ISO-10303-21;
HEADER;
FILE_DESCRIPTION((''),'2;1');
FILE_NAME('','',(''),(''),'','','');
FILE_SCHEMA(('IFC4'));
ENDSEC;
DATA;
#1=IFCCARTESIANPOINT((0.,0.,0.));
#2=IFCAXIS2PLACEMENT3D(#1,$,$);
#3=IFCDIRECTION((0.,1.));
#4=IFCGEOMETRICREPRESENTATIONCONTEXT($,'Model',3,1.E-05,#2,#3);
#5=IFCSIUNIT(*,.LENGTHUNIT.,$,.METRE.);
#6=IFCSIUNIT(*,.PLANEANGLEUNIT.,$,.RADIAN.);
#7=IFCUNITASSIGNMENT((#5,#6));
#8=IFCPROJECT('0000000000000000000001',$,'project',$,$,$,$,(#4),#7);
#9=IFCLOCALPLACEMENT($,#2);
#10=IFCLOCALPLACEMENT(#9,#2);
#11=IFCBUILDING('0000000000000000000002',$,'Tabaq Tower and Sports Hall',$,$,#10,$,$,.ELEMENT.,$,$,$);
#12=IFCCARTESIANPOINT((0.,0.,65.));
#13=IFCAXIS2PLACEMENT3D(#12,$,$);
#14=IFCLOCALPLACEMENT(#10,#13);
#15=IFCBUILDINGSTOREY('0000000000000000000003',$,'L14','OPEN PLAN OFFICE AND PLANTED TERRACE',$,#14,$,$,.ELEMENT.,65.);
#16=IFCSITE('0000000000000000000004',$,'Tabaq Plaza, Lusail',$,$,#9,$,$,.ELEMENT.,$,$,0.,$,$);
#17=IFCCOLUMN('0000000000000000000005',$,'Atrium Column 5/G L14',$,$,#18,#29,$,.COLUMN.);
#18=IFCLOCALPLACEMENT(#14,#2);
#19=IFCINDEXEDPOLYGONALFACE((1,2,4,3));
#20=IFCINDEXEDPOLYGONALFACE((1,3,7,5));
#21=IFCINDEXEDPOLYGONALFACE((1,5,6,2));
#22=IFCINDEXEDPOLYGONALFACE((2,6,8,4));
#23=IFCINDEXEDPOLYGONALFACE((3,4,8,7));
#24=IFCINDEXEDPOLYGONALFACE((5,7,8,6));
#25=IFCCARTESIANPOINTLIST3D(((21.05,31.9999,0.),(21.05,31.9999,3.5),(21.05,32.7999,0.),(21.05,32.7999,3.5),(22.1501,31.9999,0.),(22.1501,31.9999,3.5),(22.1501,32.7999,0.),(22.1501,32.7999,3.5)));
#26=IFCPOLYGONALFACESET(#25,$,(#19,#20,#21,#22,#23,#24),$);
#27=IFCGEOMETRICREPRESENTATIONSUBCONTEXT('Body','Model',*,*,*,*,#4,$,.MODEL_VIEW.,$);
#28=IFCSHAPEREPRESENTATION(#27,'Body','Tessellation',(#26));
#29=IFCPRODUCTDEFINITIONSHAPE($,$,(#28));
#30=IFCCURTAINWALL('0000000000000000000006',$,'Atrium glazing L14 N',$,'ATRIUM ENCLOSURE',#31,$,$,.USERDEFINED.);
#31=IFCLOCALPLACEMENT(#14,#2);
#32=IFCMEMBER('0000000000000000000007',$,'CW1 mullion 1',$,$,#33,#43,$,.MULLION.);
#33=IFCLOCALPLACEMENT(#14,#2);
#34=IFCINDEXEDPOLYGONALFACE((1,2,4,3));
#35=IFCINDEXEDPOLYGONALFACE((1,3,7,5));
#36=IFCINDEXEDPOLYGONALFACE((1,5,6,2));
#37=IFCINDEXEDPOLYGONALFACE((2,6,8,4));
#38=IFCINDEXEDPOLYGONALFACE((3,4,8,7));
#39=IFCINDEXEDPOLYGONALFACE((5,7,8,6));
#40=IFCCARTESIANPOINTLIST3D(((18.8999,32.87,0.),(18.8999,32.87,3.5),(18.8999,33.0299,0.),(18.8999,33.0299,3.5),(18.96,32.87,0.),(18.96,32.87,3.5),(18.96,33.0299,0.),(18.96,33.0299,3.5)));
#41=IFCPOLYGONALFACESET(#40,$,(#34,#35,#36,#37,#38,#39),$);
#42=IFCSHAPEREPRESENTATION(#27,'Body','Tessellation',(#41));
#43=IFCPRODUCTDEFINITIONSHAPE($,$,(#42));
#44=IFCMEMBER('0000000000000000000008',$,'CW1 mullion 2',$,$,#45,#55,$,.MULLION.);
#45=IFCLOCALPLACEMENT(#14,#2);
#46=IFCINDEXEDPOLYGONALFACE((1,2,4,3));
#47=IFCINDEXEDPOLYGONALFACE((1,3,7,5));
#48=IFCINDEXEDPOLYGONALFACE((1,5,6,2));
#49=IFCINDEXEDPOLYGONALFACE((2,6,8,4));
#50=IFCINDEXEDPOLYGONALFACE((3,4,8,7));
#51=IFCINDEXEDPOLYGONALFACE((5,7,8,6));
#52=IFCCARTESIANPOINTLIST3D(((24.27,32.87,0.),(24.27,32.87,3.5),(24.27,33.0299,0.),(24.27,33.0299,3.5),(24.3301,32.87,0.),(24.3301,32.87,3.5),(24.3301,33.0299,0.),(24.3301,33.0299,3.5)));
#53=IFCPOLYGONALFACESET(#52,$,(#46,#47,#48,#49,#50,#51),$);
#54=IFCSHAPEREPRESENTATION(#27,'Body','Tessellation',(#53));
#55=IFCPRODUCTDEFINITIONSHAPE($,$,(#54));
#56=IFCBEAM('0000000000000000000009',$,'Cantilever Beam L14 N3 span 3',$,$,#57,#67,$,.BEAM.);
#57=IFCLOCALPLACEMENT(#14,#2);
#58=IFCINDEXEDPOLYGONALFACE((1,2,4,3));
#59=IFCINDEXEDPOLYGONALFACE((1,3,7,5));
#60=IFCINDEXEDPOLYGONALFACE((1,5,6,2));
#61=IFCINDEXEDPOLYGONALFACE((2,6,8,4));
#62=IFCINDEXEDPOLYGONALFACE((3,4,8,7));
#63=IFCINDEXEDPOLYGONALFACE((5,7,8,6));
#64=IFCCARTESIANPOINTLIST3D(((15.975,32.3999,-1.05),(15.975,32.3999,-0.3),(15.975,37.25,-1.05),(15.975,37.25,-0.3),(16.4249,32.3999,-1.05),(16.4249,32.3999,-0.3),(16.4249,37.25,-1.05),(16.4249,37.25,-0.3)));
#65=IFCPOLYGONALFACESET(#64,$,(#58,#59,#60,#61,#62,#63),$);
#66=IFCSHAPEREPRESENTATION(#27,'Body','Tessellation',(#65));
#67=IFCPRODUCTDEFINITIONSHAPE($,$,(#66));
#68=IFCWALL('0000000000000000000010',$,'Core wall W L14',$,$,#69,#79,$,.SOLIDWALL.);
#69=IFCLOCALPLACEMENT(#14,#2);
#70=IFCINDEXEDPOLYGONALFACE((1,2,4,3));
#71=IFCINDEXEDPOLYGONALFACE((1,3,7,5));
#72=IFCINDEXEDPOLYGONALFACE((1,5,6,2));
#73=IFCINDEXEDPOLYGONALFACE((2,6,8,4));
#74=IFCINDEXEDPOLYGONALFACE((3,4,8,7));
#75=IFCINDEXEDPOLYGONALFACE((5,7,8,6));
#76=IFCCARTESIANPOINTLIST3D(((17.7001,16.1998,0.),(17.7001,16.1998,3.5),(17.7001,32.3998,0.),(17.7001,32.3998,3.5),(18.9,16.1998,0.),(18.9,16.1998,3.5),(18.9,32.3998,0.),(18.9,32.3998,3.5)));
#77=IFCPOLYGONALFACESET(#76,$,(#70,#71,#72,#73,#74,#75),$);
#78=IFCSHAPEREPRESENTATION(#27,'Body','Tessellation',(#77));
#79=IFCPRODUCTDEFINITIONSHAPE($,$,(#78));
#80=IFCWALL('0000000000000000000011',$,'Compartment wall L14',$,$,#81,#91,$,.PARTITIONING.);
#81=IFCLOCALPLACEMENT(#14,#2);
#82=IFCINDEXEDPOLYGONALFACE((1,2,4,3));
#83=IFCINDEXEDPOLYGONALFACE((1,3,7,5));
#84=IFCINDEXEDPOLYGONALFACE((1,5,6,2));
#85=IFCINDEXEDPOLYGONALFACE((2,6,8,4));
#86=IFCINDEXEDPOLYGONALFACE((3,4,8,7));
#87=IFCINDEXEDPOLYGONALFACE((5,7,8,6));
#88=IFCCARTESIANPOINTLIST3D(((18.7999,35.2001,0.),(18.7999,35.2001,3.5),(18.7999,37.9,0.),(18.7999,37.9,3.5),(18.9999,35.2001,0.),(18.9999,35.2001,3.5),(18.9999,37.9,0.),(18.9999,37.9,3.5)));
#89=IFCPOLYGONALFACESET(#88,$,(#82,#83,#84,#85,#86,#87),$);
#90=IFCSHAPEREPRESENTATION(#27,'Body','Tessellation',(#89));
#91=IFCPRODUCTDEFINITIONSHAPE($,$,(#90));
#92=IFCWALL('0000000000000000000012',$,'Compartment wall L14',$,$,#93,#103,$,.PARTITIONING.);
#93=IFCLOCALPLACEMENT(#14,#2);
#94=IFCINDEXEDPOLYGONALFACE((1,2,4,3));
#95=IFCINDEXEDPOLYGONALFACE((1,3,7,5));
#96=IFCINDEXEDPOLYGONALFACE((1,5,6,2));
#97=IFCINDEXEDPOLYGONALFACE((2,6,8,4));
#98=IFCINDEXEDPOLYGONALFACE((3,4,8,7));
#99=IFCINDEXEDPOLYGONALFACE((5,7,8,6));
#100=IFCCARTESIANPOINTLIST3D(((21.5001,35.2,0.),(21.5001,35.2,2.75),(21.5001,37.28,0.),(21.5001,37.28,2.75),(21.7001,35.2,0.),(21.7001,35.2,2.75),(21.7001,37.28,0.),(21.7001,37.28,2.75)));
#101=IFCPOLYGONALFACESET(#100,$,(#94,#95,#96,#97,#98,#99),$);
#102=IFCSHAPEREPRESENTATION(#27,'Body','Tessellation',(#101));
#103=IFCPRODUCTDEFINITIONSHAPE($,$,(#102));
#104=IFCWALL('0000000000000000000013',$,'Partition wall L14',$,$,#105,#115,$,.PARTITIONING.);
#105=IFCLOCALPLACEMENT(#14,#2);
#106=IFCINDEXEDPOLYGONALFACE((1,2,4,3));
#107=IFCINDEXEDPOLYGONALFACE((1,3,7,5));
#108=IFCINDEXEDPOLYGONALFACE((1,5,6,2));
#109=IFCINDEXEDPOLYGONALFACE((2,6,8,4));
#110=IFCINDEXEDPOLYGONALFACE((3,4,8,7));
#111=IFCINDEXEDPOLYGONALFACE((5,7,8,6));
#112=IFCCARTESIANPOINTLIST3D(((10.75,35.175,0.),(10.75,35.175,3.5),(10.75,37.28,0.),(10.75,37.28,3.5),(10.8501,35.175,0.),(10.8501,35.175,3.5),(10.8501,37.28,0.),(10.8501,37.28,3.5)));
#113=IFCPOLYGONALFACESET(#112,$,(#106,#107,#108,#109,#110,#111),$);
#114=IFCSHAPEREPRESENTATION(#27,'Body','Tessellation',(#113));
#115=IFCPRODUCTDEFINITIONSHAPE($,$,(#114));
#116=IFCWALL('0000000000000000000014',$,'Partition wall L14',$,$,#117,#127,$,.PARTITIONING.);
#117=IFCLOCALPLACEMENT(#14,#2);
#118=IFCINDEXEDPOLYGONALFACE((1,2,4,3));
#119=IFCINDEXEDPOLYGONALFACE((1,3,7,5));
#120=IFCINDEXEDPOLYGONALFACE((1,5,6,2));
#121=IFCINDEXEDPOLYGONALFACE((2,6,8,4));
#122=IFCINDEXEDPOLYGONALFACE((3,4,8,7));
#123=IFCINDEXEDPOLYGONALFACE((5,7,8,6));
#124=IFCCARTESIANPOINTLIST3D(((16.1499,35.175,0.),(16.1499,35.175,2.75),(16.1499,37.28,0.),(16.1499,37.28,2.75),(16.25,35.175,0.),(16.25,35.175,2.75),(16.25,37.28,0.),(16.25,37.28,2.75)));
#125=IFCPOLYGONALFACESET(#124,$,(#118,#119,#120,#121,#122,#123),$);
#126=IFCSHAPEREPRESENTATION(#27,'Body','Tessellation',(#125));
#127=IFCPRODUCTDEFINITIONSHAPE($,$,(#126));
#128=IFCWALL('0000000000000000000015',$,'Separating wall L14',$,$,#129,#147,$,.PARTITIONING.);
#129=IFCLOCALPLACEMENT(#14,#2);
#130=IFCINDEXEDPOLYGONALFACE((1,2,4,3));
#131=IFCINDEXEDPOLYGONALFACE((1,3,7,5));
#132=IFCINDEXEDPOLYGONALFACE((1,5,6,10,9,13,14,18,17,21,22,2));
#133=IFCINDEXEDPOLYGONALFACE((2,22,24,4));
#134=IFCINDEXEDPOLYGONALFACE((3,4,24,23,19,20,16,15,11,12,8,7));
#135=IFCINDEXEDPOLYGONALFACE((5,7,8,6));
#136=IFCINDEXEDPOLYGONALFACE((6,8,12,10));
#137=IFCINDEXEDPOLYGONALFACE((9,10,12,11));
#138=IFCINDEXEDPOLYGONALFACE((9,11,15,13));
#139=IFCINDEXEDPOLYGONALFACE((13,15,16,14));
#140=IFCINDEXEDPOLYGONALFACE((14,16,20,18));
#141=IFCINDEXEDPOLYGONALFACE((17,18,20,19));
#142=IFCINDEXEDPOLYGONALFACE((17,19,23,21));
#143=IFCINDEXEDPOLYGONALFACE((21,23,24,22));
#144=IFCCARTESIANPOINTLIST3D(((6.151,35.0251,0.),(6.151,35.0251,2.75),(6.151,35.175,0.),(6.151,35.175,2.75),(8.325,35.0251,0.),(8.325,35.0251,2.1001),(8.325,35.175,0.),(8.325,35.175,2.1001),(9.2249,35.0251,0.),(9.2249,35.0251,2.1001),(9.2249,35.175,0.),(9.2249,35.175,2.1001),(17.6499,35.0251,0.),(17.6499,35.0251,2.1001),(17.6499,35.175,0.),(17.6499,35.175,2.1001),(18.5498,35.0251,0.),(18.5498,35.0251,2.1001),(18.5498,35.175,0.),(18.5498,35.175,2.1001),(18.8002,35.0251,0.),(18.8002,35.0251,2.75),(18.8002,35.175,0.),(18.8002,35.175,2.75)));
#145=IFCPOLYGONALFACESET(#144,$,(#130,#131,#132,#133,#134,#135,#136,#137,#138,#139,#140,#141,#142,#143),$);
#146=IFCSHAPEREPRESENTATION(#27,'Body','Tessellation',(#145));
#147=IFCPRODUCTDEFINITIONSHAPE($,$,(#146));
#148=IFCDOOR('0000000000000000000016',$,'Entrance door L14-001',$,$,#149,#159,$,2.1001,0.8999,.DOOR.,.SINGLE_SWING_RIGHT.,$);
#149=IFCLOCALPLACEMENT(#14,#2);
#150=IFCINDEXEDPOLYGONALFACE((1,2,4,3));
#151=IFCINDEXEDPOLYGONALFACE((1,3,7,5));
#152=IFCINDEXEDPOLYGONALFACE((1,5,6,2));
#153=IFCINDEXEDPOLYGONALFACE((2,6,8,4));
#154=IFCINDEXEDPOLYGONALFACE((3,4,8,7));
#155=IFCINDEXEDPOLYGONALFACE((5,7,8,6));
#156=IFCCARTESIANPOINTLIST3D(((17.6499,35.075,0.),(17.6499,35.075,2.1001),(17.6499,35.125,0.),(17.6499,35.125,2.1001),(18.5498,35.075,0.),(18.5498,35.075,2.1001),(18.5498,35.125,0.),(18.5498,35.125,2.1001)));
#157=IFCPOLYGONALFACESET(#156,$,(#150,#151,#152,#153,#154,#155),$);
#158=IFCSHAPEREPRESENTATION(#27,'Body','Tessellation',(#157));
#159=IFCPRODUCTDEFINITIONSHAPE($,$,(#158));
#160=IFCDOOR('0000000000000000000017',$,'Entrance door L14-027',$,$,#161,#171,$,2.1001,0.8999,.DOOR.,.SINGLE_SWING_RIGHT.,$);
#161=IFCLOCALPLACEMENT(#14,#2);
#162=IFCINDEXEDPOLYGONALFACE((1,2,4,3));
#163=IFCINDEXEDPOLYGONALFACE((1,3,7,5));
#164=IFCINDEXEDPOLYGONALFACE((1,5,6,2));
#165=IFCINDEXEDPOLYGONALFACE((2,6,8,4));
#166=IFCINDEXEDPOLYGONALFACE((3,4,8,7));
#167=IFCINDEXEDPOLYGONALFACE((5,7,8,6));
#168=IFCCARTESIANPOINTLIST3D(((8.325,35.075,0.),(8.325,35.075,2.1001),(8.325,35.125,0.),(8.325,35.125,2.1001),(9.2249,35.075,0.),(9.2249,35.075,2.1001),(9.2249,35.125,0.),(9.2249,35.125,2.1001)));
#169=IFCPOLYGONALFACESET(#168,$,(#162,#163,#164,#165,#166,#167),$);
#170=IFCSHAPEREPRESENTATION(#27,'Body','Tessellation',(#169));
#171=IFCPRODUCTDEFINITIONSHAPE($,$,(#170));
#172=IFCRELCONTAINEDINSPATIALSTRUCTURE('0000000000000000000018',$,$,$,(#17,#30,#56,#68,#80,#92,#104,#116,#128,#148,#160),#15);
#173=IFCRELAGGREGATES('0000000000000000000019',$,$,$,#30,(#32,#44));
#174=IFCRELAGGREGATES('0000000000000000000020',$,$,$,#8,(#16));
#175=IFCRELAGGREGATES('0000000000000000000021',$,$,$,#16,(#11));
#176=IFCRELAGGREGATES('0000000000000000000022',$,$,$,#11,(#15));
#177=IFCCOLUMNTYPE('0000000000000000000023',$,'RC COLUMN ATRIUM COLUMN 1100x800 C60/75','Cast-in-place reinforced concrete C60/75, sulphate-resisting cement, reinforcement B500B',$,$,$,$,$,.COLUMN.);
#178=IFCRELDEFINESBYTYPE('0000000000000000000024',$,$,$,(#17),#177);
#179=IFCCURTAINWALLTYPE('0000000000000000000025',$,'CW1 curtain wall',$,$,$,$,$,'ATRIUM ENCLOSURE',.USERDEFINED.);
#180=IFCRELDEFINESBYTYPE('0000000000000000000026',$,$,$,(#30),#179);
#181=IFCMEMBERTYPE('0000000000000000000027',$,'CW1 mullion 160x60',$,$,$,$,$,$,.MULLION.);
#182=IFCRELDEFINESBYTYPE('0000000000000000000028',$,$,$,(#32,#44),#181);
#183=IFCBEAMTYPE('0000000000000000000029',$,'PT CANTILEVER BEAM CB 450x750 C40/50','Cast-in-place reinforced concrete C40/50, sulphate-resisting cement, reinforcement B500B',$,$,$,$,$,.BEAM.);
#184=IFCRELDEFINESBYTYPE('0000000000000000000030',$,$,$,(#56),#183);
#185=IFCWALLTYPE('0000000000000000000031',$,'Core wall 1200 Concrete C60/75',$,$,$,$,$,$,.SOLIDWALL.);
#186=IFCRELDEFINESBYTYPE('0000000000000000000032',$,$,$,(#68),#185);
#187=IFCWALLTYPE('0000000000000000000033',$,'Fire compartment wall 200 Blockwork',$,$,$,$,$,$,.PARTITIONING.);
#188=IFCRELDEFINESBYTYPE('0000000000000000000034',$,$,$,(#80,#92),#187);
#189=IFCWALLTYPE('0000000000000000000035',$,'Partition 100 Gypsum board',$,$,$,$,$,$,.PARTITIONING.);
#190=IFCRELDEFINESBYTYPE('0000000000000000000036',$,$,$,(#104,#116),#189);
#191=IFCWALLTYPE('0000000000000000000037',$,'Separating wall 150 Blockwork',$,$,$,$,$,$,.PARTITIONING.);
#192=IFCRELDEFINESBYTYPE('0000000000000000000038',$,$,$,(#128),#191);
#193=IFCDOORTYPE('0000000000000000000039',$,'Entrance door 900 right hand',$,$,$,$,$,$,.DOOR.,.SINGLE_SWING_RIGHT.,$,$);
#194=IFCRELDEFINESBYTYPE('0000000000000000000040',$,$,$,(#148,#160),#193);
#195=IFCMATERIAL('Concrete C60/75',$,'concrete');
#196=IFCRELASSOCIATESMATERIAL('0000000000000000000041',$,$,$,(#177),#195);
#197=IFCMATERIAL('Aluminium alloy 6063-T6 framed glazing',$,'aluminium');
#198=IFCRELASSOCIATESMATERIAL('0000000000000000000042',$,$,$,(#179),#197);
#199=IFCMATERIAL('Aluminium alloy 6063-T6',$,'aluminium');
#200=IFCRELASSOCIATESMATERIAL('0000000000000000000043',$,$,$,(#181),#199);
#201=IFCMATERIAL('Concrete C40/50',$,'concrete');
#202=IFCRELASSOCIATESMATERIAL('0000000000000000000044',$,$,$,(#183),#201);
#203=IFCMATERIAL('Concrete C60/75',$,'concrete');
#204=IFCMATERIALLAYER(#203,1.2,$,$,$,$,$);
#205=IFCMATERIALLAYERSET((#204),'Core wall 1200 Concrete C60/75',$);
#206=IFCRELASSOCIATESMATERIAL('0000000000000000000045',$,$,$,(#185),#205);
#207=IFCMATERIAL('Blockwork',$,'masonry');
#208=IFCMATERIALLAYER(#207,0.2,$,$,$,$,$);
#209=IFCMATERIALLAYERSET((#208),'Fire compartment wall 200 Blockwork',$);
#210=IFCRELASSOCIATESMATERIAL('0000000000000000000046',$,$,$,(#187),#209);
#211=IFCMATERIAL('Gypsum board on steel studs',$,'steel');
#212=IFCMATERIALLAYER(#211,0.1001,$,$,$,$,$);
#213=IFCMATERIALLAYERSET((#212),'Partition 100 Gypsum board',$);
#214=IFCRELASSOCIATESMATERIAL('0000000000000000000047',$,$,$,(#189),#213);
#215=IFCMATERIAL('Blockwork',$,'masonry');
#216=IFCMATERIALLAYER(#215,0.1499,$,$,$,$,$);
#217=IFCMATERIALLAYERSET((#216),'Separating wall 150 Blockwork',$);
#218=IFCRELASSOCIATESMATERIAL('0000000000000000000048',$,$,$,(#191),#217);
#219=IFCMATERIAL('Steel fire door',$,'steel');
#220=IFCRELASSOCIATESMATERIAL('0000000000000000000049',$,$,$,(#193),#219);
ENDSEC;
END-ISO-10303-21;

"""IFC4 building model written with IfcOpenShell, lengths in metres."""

from ifc_helpers import new_model, si_unit, direction, frame, frame_2d, origin, origin_2d, place, context, subcontext, project, spatial, rectangle, extrude, material, layer, layer_set, material_profile, profile_set, type_object, element, fill, aggregate, save


model = new_model("IFC4")

# Units and contexts
model_context = context("Model", 3, precision=1e-05, world=origin(), true_north=direction((0.0, 1.0)))
body_context = subcontext(model_context, "Body", "Model", "MODEL_VIEW")
ifc_project = project(units=[si_unit("LENGTHUNIT", "METRE"), si_unit("PLANEANGLEUNIT", "RADIAN")], contexts=[model_context])

# Site, building, storey
site_placement = place(None, origin())
site = spatial("IfcSite", under=ifc_project, at=site_placement, Name="Tabaq Plaza, Lusail", CompositionType="ELEMENT", RefElevation=0.0)
building_placement = place(site_placement, origin())
building = spatial("IfcBuilding", under=site, at=building_placement, Name="Tabaq Tower and Sports Hall", CompositionType="ELEMENT")
storey_placement = place(building_placement, frame((0.0, 0.0, 65.0)))
storey = spatial("IfcBuildingStorey", under=building, at=storey_placement, Name="L14", Description="OPEN PLAN OFFICE AND PLANTED TERRACE", CompositionType="ELEMENT", Elevation=65.0)

# Column
ifc_material_1 = material(Name="Concrete C60/75", Category="concrete")
ifc_material_profile_1 = material_profile(ifc_material_1, rectangle(XDim=1.1001, YDim=0.8, at=origin_2d()), Name="ATRIUM COLUMN 1100x800")
ifc_profile_set_1 = profile_set([ifc_material_profile_1], Name="Concrete C60/75")
column_type = type_object("IfcColumnType", Name="RC COLUMN ATRIUM COLUMN 1100x800 C60/75", Description="Cast-in-place reinforced concrete C60/75, sulphate-resisting cement, reinforcement B500B", PredefinedType="COLUMN", material=ifc_profile_set_1)
column_placement = place(storey_placement, frame((21.6001, 32.3999, 0.0), z_axis=(0.0, 0.0, 1.0), x_axis=(1.0, 0.0, 0.0)))
element("IfcColumn", 1, at=column_placement, inside=storey, type_object=column_type, Name="Atrium Column 5/G L14", PredefinedType="COLUMN", context=body_context, shape_type="SweptSolid", body=[
    extrude(rectangle(XDim=1.1001, YDim=0.8, at=origin_2d()), origin(), (0.0, 0.0, 1.0), 3.5),
])

# Curtain wall, members
ifc_material_2 = material(Name="Aluminium alloy 6063-T6 framed glazing", Category="aluminium")
curtain_wall_type = type_object("IfcCurtainWallType", Name="CW1 curtain wall", ElementType="ATRIUM ENCLOSURE", PredefinedType="USERDEFINED", material=ifc_material_2)
curtain_wall_placement = place(storey_placement, origin())
curtain_wall = element("IfcCurtainWall", 2, at=curtain_wall_placement, inside=storey, type_object=curtain_wall_type, Name="Atrium glazing L14 N", ObjectType="ATRIUM ENCLOSURE", PredefinedType="USERDEFINED")
ifc_material_3 = material(Name="Aluminium alloy 6063-T6", Category="aluminium")
ifc_material_profile_2 = material_profile(ifc_material_3, rectangle(XDim=0.1599, YDim=0.0601, at=origin_2d()), Name="MULLION 160x60")
ifc_profile_set_2 = profile_set([ifc_material_profile_2], Name="Aluminium alloy 6063-T6")
member_type = type_object("IfcMemberType", Name="CW1 mullion 160x60", PredefinedType="MULLION", material=ifc_profile_set_2)
member_1_placement = place(storey_placement, frame((18.9299, 32.95, 0.0), z_axis=(0.0, 0.0, 1.0), x_axis=(0.0, 1.0, 0.0)))
member_1 = element("IfcMember", 3, at=member_1_placement, type_object=member_type, Name="CW1 mullion 1", PredefinedType="MULLION", context=body_context, shape_type="SweptSolid", body=[
    extrude(rectangle(XDim=0.1599, YDim=0.0601, at=origin_2d()), origin(), (0.0, 0.0, 1.0), 3.5),
])
member_2_placement = place(storey_placement, frame((24.3, 32.95, 0.0), z_axis=(0.0, 0.0, 1.0), x_axis=(0.0, 1.0, 0.0)))
member_2 = element("IfcMember", 4, at=member_2_placement, type_object=member_type, Name="CW1 mullion 2", PredefinedType="MULLION", context=body_context, shape_type="SweptSolid", body=[
    extrude(rectangle(XDim=0.1599, YDim=0.0601, at=origin_2d()), origin(), (0.0, 0.0, 1.0), 3.5),
])
aggregate(curtain_wall, [member_1, member_2])

# Beam
ifc_material_4 = material(Name="Concrete C40/50", Category="concrete")
ifc_material_profile_3 = material_profile(ifc_material_4, rectangle(XDim=0.45, YDim=0.75, at=origin_2d()), Name="CB 450x750")
ifc_profile_set_3 = profile_set([ifc_material_profile_3], Name="Concrete C40/50")
beam_type = type_object("IfcBeamType", Name="PT CANTILEVER BEAM CB 450x750 C40/50", Description="Cast-in-place reinforced concrete C40/50, sulphate-resisting cement, reinforcement B500B", PredefinedType="BEAM", material=ifc_profile_set_3)
beam_placement = place(storey_placement, frame((16.2, 37.25, -0.675), z_axis=(0.0, -1.0, 0.0), x_axis=(1.0, 0.0, 0.0)))
element("IfcBeam", 5, at=beam_placement, inside=storey, type_object=beam_type, Name="Cantilever Beam L14 N3 span 3", PredefinedType="BEAM", context=body_context, shape_type="SweptSolid", body=[
    extrude(rectangle(XDim=0.45, YDim=0.75, at=origin_2d()), origin(), (0.0, 0.0, 1.0), 4.8501),
])

# Wall
ifc_material_5 = material(Name="Concrete C60/75", Category="concrete")
ifc_layer_1 = layer(ifc_material_5, 1.2)
ifc_layer_set_1 = layer_set([ifc_layer_1], Name="Core wall 1200 Concrete C60/75")
wall_type_1 = type_object("IfcWallType", Name="Core wall 1200 Concrete C60/75", PredefinedType="SOLIDWALL", material=ifc_layer_set_1)
wall_1_placement = place(storey_placement, frame((18.3, 32.3999, 0.0), z_axis=(0.0, 0.0, 1.0), x_axis=(0.0, -1.0, 0.0)))
element("IfcWall", 6, at=wall_1_placement, inside=storey, type_object=wall_type_1, Name="Core wall W L14", PredefinedType="SOLIDWALL", context=body_context, shape_type="SweptSolid", body=[
    extrude(rectangle(XDim=16.2, YDim=1.2, at=frame_2d((8.1001, 0.0))), origin(), (0.0, 0.0, 1.0), 3.5),
])

# Shared definitions
ifc_material_6 = material(Name="Blockwork", Category="masonry")
ifc_layer_2 = layer(ifc_material_6, 0.2)
ifc_layer_set_2 = layer_set([ifc_layer_2], Name="Fire compartment wall 200 Blockwork")
wall_type_2 = type_object("IfcWallType", Name="Fire compartment wall 200 Blockwork", PredefinedType="PARTITIONING", material=ifc_layer_set_2)

# Walls
wall_2_placement = place(storey_placement, frame((18.8999, 35.2, 0.0), z_axis=(0.0, 0.0, 1.0), x_axis=(0.0, 1.0, 0.0)))
element("IfcWall", 7, at=wall_2_placement, inside=storey, type_object=wall_type_2, Name="Compartment wall L14", PredefinedType="PARTITIONING", context=body_context, shape_type="SweptSolid", body=[
    extrude(rectangle(XDim=2.7, YDim=0.2, at=frame_2d((1.3501, 0.0))), origin(), (0.0, 0.0, 1.0), 3.5),
])
wall_3_placement = place(storey_placement, frame((21.6001, 35.2, 0.0), z_axis=(0.0, 0.0, 1.0), x_axis=(0.0, 1.0, 0.0)))
element("IfcWall", 8, at=wall_3_placement, inside=storey, type_object=wall_type_2, Name="Compartment wall L14", PredefinedType="PARTITIONING", context=body_context, shape_type="SweptSolid", body=[
    extrude(rectangle(XDim=2.0801, YDim=0.2, at=frame_2d((1.04, 0.0))), origin(), (0.0, 0.0, 1.0), 2.75),
])
ifc_material_7 = material(Name="Gypsum board on steel studs", Category="steel")
ifc_layer_3 = layer(ifc_material_7, 0.1001)
ifc_layer_set_3 = layer_set([ifc_layer_3], Name="Partition 100 Gypsum board")
wall_type_3 = type_object("IfcWallType", Name="Partition 100 Gypsum board", PredefinedType="PARTITIONING", material=ifc_layer_set_3)
wall_4_placement = place(storey_placement, frame((10.8, 35.175, 0.0), z_axis=(0.0, 0.0, 1.0), x_axis=(0.0, 1.0, 0.0)))
element("IfcWall", 9, at=wall_4_placement, inside=storey, type_object=wall_type_3, Name="Partition wall L14", PredefinedType="PARTITIONING", context=body_context, shape_type="SweptSolid", body=[
    extrude(rectangle(XDim=2.105, YDim=0.1001, at=frame_2d((1.0525, 0.0))), origin(), (0.0, 0.0, 1.0), 3.5),
])
wall_5_placement = place(storey_placement, frame((16.2, 35.175, 0.0), z_axis=(0.0, 0.0, 1.0), x_axis=(0.0, 1.0, 0.0)))
element("IfcWall", 10, at=wall_5_placement, inside=storey, type_object=wall_type_3, Name="Partition wall L14", PredefinedType="PARTITIONING", context=body_context, shape_type="SweptSolid", body=[
    extrude(rectangle(XDim=2.105, YDim=0.1001, at=frame_2d((1.0525, 0.0))), origin(), (0.0, 0.0, 1.0), 2.75),
])

# Wall, openings, doors
ifc_material_8 = material(Name="Blockwork", Category="masonry")
ifc_layer_4 = layer(ifc_material_8, 0.1499)
ifc_layer_set_4 = layer_set([ifc_layer_4], Name="Separating wall 150 Blockwork")
wall_type_4 = type_object("IfcWallType", Name="Separating wall 150 Blockwork", PredefinedType="PARTITIONING", material=ifc_layer_set_4)
wall_6_placement = place(storey_placement, frame((6.1509, 35.1001, 0.0), z_axis=(0.0, 0.0, 1.0), x_axis=(1.0, 0.0, 0.0)))
wall_6 = element("IfcWall", 11, at=wall_6_placement, inside=storey, type_object=wall_type_4, Name="Separating wall L14", PredefinedType="PARTITIONING", context=body_context, shape_type="SweptSolid", body=[
    extrude(rectangle(XDim=12.6492, YDim=0.1499, at=frame_2d((6.3247, 0.0))), origin(), (0.0, 0.0, 1.0), 2.75),
])
opening_1_placement = place(wall_6_placement, frame((11.499, 0.0, 0.0)))
opening_1 = element("IfcOpeningElement", 12, at=opening_1_placement, cuts=wall_6, PredefinedType="OPENING", context=body_context, shape_type="SweptSolid", body=[
    extrude(rectangle(XDim=0.8999, YDim=2.1001, at=frame_2d((0.45, 1.05))), frame((0.0, 0.075, 0.0), z_axis=(0.0, -1.0, 0.0), x_axis=(1.0, 0.0, 0.0)), (0.0, 0.0, 1.0), 0.1499),
])
opening_2_placement = place(wall_6_placement, frame((2.1741, 0.0, 0.0)))
opening_2 = element("IfcOpeningElement", 13, at=opening_2_placement, cuts=wall_6, PredefinedType="OPENING", context=body_context, shape_type="SweptSolid", body=[
    extrude(rectangle(XDim=0.8999, YDim=2.1001, at=frame_2d((0.45, 1.05))), frame((0.0, 0.075, 0.0), z_axis=(0.0, -1.0, 0.0), x_axis=(1.0, 0.0, 0.0)), (0.0, 0.0, 1.0), 0.1499),
])
ifc_material_9 = material(Name="Steel fire door", Category="steel")
door_type_1 = type_object("IfcDoorType", Name="Entrance door 900 right hand", OperationType="SINGLE_SWING_RIGHT", PredefinedType="DOOR", material=ifc_material_9)
door_1_placement = place(opening_1_placement, origin())
door_1 = element("IfcDoor", 14, at=door_1_placement, inside=storey, type_object=door_type_1, Name="Entrance door L14-001", OperationType="SINGLE_SWING_RIGHT", OverallHeight=2.1001, OverallWidth=0.8999, PredefinedType="DOOR", context=body_context, shape_type="SweptSolid", body=[
    extrude(rectangle(XDim=0.8999, YDim=2.1001, at=frame_2d((0.45, 1.05))), frame((0.0, 0.0249, 0.0), z_axis=(0.0, -1.0, 0.0), x_axis=(1.0, 0.0, 0.0)), (0.0, 0.0, 1.0), 0.05),
])
fill(opening_1, door_1)
door_2_placement = place(opening_2_placement, origin())
door_2 = element("IfcDoor", 15, at=door_2_placement, inside=storey, type_object=door_type_1, Name="Entrance door L14-027", OperationType="SINGLE_SWING_RIGHT", OverallHeight=2.1001, OverallWidth=0.8999, PredefinedType="DOOR", context=body_context, shape_type="SweptSolid", body=[
    extrude(rectangle(XDim=0.8999, YDim=2.1001, at=frame_2d((0.45, 1.05))), frame((0.0, 0.0249, 0.0), z_axis=(0.0, -1.0, 0.0), x_axis=(1.0, 0.0, 0.0)), (0.0, 0.0, 1.0), 0.05),
])
fill(opening_2, door_2)

save(model, "model.ifc")
